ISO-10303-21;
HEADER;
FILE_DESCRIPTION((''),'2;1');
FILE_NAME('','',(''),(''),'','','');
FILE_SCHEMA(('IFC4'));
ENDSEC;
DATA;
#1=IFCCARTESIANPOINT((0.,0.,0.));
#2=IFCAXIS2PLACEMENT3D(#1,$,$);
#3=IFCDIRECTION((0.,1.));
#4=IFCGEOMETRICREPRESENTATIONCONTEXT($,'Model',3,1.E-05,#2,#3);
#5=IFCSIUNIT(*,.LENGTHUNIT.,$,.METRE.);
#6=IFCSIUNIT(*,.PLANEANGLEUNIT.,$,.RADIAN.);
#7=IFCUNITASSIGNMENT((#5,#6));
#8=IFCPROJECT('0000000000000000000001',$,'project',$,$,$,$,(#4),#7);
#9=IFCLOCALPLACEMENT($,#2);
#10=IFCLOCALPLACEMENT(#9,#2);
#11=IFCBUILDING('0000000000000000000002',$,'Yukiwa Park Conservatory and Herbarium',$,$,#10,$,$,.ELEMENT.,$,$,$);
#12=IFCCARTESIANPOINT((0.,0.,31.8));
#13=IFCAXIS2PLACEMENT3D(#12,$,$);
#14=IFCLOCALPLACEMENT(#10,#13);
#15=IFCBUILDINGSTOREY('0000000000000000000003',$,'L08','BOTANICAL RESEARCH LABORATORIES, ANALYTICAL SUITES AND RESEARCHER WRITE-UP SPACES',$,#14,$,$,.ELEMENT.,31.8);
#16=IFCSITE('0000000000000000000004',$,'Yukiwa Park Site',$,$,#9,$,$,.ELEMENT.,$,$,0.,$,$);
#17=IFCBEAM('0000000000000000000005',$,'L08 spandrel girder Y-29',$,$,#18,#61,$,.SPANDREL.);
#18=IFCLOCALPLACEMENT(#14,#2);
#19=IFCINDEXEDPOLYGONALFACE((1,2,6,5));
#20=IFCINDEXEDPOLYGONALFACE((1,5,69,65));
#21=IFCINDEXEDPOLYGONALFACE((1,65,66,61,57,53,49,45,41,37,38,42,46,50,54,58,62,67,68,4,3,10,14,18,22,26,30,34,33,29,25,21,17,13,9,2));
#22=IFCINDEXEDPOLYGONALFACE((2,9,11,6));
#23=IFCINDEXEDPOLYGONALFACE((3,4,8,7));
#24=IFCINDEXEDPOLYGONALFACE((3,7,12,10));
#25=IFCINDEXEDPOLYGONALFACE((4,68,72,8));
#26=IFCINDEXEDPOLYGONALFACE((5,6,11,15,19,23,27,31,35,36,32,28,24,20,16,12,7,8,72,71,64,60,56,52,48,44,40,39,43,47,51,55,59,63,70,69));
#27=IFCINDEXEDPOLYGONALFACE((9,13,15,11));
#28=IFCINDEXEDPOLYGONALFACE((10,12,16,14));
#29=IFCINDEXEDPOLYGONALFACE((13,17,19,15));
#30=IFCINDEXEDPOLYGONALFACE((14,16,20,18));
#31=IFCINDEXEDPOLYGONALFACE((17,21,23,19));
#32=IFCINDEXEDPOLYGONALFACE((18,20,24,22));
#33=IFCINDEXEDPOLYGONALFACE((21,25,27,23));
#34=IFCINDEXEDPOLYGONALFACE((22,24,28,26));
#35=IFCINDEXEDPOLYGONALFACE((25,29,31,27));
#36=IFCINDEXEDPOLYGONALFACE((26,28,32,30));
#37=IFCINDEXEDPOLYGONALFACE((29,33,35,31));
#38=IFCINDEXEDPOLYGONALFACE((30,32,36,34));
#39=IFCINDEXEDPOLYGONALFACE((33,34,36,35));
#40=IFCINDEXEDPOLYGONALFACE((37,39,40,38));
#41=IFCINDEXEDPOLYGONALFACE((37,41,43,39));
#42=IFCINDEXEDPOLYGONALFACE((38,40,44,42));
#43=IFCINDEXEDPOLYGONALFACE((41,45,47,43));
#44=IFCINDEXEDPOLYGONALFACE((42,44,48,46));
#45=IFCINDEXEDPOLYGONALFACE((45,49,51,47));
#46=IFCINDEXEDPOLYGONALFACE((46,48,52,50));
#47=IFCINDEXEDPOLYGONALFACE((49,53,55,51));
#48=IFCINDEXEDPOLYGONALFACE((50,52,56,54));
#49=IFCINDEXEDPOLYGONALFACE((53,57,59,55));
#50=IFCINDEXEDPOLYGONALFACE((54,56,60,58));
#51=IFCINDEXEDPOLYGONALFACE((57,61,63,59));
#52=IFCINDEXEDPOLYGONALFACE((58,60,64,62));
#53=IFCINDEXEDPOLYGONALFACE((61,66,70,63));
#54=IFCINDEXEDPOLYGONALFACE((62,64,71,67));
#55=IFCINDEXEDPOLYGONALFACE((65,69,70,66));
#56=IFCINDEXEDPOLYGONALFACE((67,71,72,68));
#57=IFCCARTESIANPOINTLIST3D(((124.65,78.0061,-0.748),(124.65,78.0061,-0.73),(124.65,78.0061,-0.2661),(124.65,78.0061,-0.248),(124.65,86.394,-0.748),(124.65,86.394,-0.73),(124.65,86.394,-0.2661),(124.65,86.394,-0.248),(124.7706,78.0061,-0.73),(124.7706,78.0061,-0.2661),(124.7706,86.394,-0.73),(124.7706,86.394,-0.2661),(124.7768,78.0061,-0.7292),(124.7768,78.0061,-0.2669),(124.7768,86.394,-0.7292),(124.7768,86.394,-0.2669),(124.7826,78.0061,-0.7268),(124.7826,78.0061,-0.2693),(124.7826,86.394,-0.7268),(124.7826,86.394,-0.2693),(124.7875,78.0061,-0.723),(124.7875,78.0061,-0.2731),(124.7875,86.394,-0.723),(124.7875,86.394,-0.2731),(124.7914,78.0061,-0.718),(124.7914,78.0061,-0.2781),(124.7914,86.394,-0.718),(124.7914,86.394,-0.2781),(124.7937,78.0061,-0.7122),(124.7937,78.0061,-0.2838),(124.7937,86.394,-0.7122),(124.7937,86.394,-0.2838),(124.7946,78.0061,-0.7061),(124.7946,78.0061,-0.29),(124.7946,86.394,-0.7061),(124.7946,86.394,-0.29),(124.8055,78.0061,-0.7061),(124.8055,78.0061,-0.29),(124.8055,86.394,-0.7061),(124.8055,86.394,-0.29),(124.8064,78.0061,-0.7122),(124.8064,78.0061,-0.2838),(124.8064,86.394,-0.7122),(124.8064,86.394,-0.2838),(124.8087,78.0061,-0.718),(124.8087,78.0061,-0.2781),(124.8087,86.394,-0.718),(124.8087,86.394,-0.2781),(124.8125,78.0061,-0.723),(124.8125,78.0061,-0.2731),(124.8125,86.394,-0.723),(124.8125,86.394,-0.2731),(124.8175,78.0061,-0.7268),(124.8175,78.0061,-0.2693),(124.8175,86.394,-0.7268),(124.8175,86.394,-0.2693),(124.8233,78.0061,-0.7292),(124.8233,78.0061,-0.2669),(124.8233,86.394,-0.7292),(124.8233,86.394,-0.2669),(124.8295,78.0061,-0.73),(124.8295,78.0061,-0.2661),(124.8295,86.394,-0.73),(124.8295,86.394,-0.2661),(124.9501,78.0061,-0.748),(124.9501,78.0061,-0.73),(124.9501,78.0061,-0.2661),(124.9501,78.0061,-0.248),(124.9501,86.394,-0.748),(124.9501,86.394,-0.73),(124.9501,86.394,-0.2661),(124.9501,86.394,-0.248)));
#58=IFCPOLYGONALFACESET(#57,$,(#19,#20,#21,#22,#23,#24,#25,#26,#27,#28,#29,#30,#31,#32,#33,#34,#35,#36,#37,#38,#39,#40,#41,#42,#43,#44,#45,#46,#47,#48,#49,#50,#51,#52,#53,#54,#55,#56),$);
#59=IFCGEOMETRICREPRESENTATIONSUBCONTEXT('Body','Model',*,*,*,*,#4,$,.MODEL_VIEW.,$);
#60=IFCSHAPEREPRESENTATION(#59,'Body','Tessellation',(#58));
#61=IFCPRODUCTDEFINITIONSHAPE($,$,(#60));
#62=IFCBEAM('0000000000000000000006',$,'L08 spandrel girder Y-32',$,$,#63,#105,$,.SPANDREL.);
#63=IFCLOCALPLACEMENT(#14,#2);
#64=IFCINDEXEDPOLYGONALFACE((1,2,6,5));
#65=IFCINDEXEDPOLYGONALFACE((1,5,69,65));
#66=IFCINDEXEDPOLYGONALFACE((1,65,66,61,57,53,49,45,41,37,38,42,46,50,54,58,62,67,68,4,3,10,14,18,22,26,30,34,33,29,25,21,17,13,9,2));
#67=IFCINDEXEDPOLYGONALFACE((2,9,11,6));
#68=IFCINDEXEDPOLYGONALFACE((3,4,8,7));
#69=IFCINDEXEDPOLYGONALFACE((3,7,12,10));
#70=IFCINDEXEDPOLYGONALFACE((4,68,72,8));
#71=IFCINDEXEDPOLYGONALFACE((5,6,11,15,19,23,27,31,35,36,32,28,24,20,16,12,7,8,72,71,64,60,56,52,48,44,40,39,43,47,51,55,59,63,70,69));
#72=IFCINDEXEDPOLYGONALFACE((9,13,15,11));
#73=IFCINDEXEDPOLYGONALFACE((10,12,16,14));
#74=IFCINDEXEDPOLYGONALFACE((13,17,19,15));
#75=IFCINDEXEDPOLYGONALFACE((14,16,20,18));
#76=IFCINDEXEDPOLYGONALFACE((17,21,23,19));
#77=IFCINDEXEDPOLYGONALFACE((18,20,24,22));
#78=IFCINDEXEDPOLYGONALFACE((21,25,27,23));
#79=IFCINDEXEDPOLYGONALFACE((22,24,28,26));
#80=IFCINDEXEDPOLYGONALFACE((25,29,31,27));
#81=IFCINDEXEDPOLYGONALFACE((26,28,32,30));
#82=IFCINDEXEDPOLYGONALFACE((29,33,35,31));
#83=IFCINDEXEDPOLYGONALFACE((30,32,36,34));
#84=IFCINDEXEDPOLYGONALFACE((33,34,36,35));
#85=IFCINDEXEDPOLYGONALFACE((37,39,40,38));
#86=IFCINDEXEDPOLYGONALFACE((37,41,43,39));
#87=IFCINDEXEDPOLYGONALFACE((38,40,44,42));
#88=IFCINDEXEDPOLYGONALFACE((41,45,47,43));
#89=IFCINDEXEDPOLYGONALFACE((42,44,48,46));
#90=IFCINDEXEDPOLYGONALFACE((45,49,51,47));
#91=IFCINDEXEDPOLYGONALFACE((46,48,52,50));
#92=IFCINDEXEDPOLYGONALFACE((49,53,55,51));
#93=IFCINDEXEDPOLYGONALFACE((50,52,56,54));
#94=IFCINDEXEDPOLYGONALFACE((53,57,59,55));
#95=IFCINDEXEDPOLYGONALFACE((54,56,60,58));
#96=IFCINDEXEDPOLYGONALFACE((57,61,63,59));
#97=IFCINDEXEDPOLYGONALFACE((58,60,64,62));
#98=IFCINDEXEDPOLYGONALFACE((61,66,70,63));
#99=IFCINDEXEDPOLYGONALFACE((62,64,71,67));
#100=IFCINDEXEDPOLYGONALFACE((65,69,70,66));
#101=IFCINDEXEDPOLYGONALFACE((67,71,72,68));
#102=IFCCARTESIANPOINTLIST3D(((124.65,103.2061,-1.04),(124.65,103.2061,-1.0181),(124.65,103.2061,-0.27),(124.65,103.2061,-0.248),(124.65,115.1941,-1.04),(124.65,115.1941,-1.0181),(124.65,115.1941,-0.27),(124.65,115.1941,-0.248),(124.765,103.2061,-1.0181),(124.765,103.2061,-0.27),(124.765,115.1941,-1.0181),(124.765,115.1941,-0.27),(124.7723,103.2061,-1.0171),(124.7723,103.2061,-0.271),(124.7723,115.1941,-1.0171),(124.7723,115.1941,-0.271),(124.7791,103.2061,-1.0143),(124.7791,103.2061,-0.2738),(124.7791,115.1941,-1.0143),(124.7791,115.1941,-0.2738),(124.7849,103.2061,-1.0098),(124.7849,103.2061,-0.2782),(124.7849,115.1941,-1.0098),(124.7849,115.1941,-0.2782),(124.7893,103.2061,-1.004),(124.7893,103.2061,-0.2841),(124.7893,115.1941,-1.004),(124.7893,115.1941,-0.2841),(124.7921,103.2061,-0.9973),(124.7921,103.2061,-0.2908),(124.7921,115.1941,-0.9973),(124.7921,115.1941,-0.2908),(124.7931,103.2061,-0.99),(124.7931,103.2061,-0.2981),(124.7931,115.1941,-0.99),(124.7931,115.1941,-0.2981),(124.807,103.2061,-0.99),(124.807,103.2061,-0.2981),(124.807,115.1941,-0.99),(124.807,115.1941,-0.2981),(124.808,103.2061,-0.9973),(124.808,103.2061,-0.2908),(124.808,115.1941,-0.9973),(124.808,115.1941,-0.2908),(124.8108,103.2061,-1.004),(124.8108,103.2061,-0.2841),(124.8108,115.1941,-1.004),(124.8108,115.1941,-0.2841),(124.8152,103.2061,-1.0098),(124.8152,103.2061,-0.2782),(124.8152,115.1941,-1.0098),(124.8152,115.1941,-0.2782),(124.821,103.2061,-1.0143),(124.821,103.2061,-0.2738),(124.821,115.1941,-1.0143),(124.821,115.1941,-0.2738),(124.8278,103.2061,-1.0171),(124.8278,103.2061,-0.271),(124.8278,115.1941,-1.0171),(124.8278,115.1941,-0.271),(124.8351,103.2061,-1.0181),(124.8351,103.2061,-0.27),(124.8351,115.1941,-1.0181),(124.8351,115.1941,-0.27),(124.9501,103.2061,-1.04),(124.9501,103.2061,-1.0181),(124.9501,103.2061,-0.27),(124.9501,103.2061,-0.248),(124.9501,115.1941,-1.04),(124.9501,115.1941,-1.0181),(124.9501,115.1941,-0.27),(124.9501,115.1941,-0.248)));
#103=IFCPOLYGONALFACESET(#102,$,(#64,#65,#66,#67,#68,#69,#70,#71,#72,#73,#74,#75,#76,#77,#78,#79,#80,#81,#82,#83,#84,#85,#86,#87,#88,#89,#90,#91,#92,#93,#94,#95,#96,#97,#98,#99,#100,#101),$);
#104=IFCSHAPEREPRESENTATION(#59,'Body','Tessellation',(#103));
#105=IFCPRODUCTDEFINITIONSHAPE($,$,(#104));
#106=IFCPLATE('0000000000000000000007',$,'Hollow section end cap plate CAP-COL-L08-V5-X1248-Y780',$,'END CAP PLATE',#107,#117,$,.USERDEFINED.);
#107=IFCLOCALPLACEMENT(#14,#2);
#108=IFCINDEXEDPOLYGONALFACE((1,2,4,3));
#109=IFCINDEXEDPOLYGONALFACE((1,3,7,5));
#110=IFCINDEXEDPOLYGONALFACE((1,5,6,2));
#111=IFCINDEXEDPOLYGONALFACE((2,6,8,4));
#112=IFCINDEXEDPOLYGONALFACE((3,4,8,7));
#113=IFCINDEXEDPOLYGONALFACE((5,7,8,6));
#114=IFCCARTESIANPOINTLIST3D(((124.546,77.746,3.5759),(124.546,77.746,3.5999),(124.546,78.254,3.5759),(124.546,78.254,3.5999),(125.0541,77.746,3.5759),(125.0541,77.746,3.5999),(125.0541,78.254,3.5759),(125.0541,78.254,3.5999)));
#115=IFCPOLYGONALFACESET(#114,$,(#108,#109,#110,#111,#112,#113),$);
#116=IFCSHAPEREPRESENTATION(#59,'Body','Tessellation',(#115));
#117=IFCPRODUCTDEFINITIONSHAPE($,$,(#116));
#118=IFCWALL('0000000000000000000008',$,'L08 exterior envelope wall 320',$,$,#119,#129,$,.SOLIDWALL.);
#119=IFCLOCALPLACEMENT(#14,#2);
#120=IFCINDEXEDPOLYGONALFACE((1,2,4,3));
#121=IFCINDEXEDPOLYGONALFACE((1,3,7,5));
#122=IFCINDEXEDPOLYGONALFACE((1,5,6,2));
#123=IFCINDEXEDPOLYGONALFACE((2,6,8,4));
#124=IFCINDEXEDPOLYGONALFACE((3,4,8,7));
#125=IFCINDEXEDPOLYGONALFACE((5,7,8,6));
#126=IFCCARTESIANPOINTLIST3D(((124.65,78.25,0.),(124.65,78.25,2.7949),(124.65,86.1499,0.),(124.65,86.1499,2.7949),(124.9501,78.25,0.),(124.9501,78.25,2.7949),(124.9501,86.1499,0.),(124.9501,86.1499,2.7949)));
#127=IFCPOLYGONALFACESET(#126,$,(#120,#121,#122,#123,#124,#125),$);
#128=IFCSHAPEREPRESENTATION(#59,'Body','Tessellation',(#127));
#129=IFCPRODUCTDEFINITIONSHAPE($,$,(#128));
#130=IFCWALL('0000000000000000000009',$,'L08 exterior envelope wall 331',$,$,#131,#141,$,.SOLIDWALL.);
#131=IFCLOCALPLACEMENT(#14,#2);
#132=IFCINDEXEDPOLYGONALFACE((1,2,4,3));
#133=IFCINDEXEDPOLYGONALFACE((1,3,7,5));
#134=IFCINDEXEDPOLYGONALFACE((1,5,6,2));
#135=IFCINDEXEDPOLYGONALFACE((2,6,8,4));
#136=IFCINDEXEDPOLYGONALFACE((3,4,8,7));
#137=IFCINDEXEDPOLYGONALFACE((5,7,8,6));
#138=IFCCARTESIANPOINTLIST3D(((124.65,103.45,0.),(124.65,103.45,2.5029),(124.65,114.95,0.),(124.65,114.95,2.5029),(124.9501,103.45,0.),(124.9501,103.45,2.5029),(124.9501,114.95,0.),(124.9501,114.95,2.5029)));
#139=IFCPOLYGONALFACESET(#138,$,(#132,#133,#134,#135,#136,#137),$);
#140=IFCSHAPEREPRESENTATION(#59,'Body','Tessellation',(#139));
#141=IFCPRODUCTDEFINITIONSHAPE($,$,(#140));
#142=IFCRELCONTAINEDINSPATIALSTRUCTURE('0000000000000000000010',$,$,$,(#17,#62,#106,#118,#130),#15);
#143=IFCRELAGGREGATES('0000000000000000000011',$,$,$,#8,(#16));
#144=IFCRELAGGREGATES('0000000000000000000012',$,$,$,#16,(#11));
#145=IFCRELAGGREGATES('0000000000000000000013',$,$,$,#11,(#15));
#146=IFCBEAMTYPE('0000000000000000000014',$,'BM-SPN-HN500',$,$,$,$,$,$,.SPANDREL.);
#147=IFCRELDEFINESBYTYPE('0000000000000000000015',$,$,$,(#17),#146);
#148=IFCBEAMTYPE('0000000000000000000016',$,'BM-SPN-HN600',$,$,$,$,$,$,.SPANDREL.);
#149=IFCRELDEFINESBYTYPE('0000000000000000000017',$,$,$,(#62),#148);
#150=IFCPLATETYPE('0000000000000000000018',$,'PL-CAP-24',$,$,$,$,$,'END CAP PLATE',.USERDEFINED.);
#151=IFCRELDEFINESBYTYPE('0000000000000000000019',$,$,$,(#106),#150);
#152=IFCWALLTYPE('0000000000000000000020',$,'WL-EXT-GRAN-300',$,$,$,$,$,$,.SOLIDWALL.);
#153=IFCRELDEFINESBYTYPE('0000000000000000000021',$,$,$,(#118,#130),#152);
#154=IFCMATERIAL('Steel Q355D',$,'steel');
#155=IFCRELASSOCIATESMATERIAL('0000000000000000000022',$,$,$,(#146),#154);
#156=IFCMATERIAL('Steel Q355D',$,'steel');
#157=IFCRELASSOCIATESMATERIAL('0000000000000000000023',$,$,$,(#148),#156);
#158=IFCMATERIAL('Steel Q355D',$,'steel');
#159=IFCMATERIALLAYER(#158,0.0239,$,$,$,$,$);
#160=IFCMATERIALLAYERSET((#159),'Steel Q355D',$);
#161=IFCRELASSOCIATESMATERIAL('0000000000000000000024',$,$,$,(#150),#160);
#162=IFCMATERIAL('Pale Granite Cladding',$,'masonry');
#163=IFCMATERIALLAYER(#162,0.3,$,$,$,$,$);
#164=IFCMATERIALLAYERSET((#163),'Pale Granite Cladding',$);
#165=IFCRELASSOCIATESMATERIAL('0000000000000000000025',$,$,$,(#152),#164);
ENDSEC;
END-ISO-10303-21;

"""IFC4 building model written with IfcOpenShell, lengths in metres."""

from ifc_helpers import new_model, si_unit, direction, frame, frame_2d, origin, origin_2d, place, context, subcontext, project, spatial, rectangle, i_section, extrude, material, layer, layer_set, material_profile, profile_set, type_object, element, save


model = new_model("IFC4")

# Units and contexts
model_context = context("Model", 3, precision=1e-05, world=origin(), true_north=direction((0.0, 1.0)))
body_context = subcontext(model_context, "Body", "Model", "MODEL_VIEW")
ifc_project = project(units=[si_unit("LENGTHUNIT", "METRE"), si_unit("PLANEANGLEUNIT", "RADIAN")], contexts=[model_context])

# Site, building, storey
site_placement = place(None, origin())
site = spatial("IfcSite", under=ifc_project, at=site_placement, Name="Yukiwa Park Site", CompositionType="ELEMENT", RefElevation=0.0)
building_placement = place(site_placement, origin())
building = spatial("IfcBuilding", under=site, at=building_placement, Name="Yukiwa Park Conservatory and Herbarium", CompositionType="ELEMENT")
storey_placement = place(building_placement, frame((0.0, 0.0, 31.8)))
storey = spatial("IfcBuildingStorey", under=building, at=storey_placement, Name="L08", Description="BOTANICAL RESEARCH LABORATORIES, ANALYTICAL SUITES AND RESEARCHER WRITE-UP SPACES", CompositionType="ELEMENT", Elevation=31.8)

# Beams
ifc_material_1 = material(Name="Steel Q355D", Category="steel")
ifc_material_profile_1 = material_profile(ifc_material_1, i_section(OverallWidth=0.3, OverallDepth=0.5, WebThickness=0.011, FlangeThickness=0.0181, FilletRadius=0.0239, at=origin_2d()), Name="HM 500x300x11x18")
ifc_profile_set_1 = profile_set([ifc_material_profile_1], Name="Steel Q355D")
beam_type_1 = type_object("IfcBeamType", Name="BM-SPN-HN500", PredefinedType="SPANDREL", material=ifc_profile_set_1)
beam_1_placement = place(storey_placement, frame((124.8, 78.0061, -0.498), z_axis=(0.0, 1.0, 0.0), x_axis=(-1.0, 0.0, 0.0)))
element("IfcBeam", 1, at=beam_1_placement, inside=storey, type_object=beam_type_1, Name="L08 spandrel girder Y-29", PredefinedType="SPANDREL", context=body_context, shape_type="SweptSolid", body=[
    extrude(i_section(OverallWidth=0.3, OverallDepth=0.5, WebThickness=0.011, FlangeThickness=0.0181, FilletRadius=0.0239, at=origin_2d()), origin(), (0.0, 0.0, 1.0), 8.3879),
])
ifc_material_2 = material(Name="Steel Q355D", Category="steel")
ifc_material_profile_2 = material_profile(ifc_material_2, i_section(OverallWidth=0.3, OverallDepth=0.792, WebThickness=0.0139, FlangeThickness=0.022, FilletRadius=0.0281, at=origin_2d()), Name="HN 792x300x14x22")
ifc_profile_set_2 = profile_set([ifc_material_profile_2], Name="Steel Q355D")
beam_type_2 = type_object("IfcBeamType", Name="BM-SPN-HN600", PredefinedType="SPANDREL", material=ifc_profile_set_2)
beam_2_placement = place(storey_placement, frame((124.8, 103.2061, -0.644), z_axis=(0.0, 1.0, 0.0), x_axis=(-1.0, 0.0, 0.0)))
element("IfcBeam", 2, at=beam_2_placement, inside=storey, type_object=beam_type_2, Name="L08 spandrel girder Y-32", PredefinedType="SPANDREL", context=body_context, shape_type="SweptSolid", body=[
    extrude(i_section(OverallWidth=0.3, OverallDepth=0.792, WebThickness=0.0139, FlangeThickness=0.022, FilletRadius=0.0281, at=origin_2d()), origin(), (0.0, 0.0, 1.0), 11.988),
])

# Plate
ifc_material_3 = material(Name="Steel Q355D", Category="steel")
ifc_layer_1 = layer(ifc_material_3, 0.0239)
ifc_layer_set_1 = layer_set([ifc_layer_1], Name="Steel Q355D")
plate_type = type_object("IfcPlateType", Name="PL-CAP-24", ElementType="END CAP PLATE", PredefinedType="USERDEFINED", material=ifc_layer_set_1)
plate_placement = place(storey_placement, frame((124.8, 78.0, 3.5759), z_axis=(0.0, 0.0, 1.0), x_axis=(1.0, 0.0, 0.0)))
element("IfcPlate", 3, at=plate_placement, inside=storey, type_object=plate_type, Name="Hollow section end cap plate CAP-COL-L08-V5-X1248-Y780", ObjectType="END CAP PLATE", PredefinedType="USERDEFINED", context=body_context, shape_type="SweptSolid", body=[
    extrude(rectangle(XDim=0.5081, YDim=0.5081, at=origin_2d()), origin(), (0.0, 0.0, 1.0), 0.0239),
])

# Walls
ifc_material_4 = material(Name="Pale Granite Cladding", Category="masonry")
ifc_layer_2 = layer(ifc_material_4, 0.3)
ifc_layer_set_2 = layer_set([ifc_layer_2], Name="Pale Granite Cladding")
wall_type = type_object("IfcWallType", Name="WL-EXT-GRAN-300", PredefinedType="SOLIDWALL", material=ifc_layer_set_2)
wall_1_placement = place(storey_placement, frame((124.8, 86.1499, 0.0), z_axis=(0.0, 0.0, 1.0), x_axis=(0.0, -1.0, 0.0)))
element("IfcWall", 4, at=wall_1_placement, inside=storey, type_object=wall_type, Name="L08 exterior envelope wall 320", PredefinedType="SOLIDWALL", context=body_context, shape_type="SweptSolid", body=[
    extrude(rectangle(XDim=7.8999, YDim=0.3, at=frame_2d((3.95, 0.0))), origin(), (0.0, 0.0, 1.0), 2.7949),
])
wall_2_placement = place(storey_placement, frame((124.8, 114.95, 0.0), z_axis=(0.0, 0.0, 1.0), x_axis=(0.0, -1.0, 0.0)))
element("IfcWall", 5, at=wall_2_placement, inside=storey, type_object=wall_type, Name="L08 exterior envelope wall 331", PredefinedType="SOLIDWALL", context=body_context, shape_type="SweptSolid", body=[
    extrude(rectangle(XDim=11.5, YDim=0.3, at=frame_2d((5.75, 0.0))), origin(), (0.0, 0.0, 1.0), 2.5029),
])

save(model, "model.ifc")
